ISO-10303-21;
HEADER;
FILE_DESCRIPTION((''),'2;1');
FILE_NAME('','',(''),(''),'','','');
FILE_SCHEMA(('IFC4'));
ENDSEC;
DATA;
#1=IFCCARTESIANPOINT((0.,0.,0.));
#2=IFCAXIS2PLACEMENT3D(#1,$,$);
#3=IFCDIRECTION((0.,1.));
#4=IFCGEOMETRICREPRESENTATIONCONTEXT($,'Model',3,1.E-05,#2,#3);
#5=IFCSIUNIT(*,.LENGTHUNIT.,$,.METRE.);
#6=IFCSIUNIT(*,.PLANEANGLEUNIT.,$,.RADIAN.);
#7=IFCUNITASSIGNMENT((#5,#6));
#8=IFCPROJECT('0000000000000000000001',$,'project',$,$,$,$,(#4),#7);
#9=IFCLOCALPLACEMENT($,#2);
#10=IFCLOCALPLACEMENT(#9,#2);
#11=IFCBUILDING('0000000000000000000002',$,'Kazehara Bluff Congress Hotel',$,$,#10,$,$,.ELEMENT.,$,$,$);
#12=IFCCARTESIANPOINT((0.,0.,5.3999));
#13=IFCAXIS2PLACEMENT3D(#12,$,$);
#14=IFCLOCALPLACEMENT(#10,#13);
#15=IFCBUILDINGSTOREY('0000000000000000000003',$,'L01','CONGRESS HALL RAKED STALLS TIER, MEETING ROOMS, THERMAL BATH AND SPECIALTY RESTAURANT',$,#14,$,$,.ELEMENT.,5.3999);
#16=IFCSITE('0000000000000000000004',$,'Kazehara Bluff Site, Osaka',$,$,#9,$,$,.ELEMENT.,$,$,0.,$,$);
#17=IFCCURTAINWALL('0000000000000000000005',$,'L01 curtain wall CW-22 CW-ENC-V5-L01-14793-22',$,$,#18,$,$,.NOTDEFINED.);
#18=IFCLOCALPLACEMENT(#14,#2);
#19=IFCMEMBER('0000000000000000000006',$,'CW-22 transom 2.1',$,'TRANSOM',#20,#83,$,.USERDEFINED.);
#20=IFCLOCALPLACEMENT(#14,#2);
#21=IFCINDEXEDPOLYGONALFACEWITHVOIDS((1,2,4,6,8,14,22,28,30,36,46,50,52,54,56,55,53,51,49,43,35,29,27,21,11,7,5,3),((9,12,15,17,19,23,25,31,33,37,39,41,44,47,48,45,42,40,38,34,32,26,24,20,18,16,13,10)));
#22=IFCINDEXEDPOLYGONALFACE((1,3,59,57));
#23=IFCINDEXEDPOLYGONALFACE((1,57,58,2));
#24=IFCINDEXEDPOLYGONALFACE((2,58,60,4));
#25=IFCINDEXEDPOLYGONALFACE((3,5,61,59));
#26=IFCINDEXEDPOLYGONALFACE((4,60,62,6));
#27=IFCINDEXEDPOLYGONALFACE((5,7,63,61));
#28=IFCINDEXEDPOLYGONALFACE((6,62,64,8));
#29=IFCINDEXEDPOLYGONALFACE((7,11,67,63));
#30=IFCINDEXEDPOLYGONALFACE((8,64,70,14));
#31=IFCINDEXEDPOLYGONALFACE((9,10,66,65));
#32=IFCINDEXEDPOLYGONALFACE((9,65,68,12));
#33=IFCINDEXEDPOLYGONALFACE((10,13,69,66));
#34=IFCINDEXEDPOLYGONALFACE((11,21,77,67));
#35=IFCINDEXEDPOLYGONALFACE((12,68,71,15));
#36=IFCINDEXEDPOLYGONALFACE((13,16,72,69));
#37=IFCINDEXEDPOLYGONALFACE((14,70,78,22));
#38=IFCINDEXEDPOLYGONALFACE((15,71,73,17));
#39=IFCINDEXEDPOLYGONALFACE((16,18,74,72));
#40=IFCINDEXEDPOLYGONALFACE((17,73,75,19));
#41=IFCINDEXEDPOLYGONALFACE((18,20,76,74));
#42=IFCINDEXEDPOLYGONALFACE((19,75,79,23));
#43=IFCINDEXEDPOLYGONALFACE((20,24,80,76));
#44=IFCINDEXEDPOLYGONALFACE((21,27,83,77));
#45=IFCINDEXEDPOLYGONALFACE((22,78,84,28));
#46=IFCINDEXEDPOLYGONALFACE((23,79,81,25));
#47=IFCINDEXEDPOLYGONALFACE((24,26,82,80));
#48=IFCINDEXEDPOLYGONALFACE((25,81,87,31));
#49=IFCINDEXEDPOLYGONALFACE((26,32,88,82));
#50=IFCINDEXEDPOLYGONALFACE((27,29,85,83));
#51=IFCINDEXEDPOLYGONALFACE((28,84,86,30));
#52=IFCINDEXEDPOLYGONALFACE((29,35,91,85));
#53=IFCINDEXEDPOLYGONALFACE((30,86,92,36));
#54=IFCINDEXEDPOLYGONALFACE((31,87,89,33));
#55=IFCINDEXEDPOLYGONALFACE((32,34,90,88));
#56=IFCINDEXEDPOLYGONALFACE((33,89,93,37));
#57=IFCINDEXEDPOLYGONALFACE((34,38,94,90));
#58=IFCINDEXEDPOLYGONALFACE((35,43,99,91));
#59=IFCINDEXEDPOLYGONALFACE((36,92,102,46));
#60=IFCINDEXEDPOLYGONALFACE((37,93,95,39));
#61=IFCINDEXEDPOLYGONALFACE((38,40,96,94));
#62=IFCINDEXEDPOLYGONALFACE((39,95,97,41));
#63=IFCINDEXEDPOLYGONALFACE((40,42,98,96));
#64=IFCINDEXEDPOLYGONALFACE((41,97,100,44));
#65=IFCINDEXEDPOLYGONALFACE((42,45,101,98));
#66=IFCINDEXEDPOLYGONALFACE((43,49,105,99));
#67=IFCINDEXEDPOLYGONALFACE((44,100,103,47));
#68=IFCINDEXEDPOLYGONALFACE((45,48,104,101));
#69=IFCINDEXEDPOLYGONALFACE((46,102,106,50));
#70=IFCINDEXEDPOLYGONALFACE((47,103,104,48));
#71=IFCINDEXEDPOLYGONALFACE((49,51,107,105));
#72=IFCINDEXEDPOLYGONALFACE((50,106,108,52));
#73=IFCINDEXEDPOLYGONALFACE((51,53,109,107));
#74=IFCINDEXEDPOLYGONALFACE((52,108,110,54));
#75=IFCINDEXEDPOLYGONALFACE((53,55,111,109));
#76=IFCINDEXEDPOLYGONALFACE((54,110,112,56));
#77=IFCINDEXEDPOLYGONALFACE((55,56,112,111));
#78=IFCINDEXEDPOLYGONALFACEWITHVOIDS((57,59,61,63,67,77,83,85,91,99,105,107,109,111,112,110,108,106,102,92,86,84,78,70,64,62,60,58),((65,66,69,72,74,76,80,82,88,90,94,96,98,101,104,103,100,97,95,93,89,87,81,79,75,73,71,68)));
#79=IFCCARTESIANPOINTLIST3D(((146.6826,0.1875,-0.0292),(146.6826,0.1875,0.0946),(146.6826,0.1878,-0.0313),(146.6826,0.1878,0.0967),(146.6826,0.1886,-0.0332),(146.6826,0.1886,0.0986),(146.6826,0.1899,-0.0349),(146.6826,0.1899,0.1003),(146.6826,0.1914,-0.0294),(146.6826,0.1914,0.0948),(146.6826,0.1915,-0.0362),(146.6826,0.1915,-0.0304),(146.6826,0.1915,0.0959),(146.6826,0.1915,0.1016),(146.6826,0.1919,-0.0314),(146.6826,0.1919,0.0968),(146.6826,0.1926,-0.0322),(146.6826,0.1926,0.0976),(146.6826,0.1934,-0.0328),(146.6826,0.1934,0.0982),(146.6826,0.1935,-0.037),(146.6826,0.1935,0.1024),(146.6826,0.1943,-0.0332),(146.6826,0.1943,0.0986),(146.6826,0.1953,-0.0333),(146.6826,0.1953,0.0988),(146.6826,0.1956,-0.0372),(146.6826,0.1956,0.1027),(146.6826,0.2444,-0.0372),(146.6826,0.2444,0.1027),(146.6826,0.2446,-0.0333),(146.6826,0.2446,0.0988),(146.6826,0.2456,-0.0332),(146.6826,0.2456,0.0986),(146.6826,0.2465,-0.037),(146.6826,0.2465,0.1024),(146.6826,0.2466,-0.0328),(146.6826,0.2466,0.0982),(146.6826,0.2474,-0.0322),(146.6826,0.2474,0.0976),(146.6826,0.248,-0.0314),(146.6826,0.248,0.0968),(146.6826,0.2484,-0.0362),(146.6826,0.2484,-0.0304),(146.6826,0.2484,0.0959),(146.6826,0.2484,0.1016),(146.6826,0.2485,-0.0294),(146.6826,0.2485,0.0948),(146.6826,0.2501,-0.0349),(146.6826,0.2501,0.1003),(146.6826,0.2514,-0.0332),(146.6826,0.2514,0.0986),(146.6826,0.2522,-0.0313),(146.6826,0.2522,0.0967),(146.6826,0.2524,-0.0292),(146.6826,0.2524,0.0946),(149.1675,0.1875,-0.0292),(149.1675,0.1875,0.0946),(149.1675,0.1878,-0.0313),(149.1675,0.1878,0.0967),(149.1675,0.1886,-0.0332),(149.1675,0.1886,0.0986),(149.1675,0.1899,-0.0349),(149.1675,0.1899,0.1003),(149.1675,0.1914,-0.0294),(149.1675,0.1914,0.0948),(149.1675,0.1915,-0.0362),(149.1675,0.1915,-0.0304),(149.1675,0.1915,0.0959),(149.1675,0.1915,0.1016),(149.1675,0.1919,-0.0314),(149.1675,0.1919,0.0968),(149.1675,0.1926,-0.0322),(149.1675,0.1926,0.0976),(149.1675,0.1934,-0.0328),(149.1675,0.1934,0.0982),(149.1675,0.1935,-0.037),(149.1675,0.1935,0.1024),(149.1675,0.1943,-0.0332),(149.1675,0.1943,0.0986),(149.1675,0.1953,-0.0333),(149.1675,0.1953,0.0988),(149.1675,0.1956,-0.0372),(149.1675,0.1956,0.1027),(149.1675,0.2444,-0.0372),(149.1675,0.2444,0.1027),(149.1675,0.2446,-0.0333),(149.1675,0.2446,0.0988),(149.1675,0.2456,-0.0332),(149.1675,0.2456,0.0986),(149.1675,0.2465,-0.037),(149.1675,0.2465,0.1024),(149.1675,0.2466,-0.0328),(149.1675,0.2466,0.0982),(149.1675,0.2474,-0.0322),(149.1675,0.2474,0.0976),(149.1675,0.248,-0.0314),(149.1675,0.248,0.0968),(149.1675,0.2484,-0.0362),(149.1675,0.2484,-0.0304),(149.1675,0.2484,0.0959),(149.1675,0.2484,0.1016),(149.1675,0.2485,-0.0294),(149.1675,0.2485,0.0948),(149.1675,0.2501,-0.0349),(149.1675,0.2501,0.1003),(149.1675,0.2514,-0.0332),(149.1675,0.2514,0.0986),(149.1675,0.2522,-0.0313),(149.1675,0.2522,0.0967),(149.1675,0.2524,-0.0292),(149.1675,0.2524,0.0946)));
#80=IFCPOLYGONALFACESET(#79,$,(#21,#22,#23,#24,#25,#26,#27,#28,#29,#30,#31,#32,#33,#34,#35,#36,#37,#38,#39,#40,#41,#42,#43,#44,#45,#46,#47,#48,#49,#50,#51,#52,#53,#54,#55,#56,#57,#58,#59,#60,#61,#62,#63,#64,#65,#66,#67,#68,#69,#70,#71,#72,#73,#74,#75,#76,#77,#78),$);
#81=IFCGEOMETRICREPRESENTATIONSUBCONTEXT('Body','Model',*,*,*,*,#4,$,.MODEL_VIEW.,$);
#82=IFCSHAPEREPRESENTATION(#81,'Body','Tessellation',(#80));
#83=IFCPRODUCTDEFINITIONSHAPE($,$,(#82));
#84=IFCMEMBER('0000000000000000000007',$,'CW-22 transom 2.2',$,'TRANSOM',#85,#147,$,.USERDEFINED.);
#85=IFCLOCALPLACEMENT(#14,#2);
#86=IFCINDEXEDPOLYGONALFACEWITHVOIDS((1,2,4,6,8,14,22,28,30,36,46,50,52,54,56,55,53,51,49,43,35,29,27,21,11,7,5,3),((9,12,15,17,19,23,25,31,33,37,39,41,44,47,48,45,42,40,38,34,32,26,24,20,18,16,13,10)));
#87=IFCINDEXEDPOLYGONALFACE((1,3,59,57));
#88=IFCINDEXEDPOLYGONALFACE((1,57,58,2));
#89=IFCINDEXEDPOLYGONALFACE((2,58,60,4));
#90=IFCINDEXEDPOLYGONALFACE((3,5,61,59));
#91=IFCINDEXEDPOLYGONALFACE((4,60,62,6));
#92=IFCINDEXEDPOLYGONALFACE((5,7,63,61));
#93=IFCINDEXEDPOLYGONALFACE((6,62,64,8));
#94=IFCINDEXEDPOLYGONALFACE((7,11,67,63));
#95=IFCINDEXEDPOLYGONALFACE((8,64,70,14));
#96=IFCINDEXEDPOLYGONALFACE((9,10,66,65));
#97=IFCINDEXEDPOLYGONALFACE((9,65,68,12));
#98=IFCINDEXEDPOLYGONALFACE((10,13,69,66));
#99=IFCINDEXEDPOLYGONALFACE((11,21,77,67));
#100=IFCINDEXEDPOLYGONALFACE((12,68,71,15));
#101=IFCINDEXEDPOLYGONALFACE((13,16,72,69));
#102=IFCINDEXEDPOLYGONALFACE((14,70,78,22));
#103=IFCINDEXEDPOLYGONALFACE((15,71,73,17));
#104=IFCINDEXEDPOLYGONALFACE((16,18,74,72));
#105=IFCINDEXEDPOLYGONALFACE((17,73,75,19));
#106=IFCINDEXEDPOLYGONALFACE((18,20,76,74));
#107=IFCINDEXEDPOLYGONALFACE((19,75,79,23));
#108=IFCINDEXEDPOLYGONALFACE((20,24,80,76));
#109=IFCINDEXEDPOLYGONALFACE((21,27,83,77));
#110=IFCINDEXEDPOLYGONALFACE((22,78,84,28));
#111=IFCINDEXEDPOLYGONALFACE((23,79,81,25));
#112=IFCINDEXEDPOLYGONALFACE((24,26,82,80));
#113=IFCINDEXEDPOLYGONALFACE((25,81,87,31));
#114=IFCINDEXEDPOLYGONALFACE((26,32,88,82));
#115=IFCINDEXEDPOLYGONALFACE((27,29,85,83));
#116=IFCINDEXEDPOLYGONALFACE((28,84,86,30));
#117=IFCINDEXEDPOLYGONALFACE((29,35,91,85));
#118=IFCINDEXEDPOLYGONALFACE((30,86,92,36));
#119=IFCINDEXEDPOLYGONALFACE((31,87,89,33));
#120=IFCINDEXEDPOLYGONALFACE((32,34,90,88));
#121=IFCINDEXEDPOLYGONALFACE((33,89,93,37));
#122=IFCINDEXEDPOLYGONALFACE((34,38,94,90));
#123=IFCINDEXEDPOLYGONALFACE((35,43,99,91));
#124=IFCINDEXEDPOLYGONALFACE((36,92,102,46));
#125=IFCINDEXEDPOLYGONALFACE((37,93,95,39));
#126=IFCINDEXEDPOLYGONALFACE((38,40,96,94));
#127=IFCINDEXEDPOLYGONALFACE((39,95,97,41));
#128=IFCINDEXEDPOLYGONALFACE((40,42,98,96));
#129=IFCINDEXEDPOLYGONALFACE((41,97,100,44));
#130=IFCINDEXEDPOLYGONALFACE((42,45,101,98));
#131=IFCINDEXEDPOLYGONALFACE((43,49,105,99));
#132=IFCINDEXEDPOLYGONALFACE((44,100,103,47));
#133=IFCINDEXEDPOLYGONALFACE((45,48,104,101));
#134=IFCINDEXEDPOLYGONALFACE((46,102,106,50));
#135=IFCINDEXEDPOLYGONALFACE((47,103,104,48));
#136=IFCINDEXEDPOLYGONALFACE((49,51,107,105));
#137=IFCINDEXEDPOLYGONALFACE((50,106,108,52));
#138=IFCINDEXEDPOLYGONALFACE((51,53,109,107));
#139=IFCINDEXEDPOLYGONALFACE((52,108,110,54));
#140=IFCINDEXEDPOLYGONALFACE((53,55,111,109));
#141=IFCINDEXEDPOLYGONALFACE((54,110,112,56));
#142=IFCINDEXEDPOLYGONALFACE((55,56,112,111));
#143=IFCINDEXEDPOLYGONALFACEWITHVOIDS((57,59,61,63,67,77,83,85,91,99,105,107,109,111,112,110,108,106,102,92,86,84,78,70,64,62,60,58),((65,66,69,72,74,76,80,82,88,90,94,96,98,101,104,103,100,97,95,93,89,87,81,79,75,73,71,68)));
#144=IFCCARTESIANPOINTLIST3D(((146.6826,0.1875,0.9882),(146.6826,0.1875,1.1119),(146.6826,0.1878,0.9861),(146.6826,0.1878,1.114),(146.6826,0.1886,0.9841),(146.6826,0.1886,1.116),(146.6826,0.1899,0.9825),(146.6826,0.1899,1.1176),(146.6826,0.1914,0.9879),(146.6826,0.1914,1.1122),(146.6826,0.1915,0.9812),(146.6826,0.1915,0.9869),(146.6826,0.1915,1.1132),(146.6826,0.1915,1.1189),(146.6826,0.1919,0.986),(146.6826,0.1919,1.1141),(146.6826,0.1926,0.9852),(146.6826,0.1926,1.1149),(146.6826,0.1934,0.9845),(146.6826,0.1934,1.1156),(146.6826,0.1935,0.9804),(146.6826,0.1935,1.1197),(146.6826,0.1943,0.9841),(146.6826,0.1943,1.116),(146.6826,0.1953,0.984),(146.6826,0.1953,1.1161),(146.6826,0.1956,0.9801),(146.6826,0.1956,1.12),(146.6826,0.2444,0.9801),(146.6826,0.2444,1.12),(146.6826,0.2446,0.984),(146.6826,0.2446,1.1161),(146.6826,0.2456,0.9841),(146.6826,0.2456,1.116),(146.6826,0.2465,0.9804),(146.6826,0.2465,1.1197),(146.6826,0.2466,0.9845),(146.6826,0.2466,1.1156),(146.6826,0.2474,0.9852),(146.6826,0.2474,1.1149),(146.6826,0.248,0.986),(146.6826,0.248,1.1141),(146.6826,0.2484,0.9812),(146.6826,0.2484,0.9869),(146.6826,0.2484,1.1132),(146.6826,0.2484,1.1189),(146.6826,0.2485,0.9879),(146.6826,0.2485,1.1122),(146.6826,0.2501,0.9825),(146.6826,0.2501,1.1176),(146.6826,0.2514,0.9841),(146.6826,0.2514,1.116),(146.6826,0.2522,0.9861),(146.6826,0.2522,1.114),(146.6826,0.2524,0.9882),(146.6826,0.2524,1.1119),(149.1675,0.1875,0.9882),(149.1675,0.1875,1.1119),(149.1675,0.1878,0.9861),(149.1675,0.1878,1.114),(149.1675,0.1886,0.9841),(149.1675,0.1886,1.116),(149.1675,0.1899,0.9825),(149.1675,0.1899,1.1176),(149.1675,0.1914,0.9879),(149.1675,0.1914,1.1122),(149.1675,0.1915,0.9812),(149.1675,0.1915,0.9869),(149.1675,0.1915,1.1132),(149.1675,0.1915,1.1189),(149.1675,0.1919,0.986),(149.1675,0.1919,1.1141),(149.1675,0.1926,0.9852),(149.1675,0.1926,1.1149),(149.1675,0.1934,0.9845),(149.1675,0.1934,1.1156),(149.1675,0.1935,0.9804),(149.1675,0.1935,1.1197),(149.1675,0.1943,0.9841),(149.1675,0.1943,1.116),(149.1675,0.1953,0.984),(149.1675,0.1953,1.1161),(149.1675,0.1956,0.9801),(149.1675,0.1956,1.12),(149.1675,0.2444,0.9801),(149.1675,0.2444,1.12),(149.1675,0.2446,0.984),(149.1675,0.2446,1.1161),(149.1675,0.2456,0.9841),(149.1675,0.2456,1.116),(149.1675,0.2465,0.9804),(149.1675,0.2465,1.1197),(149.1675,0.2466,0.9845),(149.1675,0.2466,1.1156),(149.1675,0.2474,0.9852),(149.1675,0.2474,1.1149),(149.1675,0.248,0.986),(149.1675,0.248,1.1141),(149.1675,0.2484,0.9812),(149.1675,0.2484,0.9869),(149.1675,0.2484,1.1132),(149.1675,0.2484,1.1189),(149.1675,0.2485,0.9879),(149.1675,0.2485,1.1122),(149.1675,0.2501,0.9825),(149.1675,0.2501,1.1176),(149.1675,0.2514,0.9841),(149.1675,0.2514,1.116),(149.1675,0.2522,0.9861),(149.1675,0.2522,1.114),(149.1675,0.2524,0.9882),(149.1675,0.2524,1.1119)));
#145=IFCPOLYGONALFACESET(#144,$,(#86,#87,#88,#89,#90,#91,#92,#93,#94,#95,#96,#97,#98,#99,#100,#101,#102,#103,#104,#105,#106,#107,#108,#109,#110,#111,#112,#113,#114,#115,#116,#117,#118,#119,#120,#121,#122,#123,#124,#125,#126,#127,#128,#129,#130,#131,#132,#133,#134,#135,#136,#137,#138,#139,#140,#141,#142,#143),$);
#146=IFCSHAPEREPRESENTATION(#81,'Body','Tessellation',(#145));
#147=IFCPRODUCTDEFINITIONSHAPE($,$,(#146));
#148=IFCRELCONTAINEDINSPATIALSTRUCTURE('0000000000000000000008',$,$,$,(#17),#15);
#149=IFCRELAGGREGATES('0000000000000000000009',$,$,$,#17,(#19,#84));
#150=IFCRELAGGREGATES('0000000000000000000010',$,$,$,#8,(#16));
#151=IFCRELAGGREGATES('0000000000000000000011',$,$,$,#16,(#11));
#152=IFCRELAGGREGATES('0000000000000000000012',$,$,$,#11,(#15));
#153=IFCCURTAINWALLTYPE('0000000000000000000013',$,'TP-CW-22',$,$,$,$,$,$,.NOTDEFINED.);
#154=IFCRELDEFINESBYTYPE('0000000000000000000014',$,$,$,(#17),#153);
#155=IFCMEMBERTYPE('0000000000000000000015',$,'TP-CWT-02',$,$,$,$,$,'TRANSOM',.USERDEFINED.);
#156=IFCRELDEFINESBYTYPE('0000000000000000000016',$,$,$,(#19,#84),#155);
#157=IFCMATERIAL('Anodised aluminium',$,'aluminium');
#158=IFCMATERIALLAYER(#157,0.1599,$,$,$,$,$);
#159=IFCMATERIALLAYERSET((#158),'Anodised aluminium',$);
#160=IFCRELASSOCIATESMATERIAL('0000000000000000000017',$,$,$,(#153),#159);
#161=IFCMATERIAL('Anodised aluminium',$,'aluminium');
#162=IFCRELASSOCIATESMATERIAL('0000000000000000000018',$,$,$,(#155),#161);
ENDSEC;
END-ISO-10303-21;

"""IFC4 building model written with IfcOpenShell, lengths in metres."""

from ifc_helpers import new_model, si_unit, direction, frame, origin, origin_2d, place, context, subcontext, project, spatial, hollow_rectangle, extrude, material, layer, layer_set, material_profile, profile_set, type_object, element, aggregate, save


model = new_model("IFC4")

# Units and contexts
model_context = context("Model", 3, precision=1e-05, world=origin(), true_north=direction((0.0, 1.0)))
body_context = subcontext(model_context, "Body", "Model", "MODEL_VIEW")
ifc_project = project(units=[si_unit("LENGTHUNIT", "METRE"), si_unit("PLANEANGLEUNIT", "RADIAN")], contexts=[model_context])

# Site, building, storey
site_placement = place(None, origin())
site = spatial("IfcSite", under=ifc_project, at=site_placement, Name="Kazehara Bluff Site, Osaka", CompositionType="ELEMENT", RefElevation=0.0)
building_placement = place(site_placement, origin())
building = spatial("IfcBuilding", under=site, at=building_placement, Name="Kazehara Bluff Congress Hotel", CompositionType="ELEMENT")
storey_placement = place(building_placement, frame((0.0, 0.0, 5.3999)))
storey = spatial("IfcBuildingStorey", under=building, at=storey_placement, Name="L01", Description="CONGRESS HALL RAKED STALLS TIER, MEETING ROOMS, THERMAL BATH AND SPECIALTY RESTAURANT", CompositionType="ELEMENT", Elevation=5.3999)

# Curtain wall
ifc_material_1 = material(Name="Anodised aluminium", Category="aluminium")
ifc_layer_1 = layer(ifc_material_1, 0.1599)
ifc_layer_set_1 = layer_set([ifc_layer_1], Name="Anodised aluminium")
curtain_wall_type_1 = type_object("IfcCurtainWallType", Name="TP-CW-22", PredefinedType="NOTDEFINED", material=ifc_layer_set_1)
curtain_wall_1_placement = place(storey_placement, origin())
curtain_wall_1 = element("IfcCurtainWall", 1, at=curtain_wall_1_placement, inside=storey, type_object=curtain_wall_type_1, Name="L01 curtain wall CW-22 CW-ENC-V5-L01-14793-22", PredefinedType="NOTDEFINED")

# Members
ifc_material_2 = material(Name="Anodised aluminium", Category="aluminium")
ifc_material_profile_1 = material_profile(ifc_material_2, hollow_rectangle(XDim=0.0649, YDim=0.1399, WallThickness=0.0039, InnerFilletRadius=0.0039, OuterFilletRadius=0.0081, at=origin_2d()))
ifc_profile_set_1 = profile_set([ifc_material_profile_1], Name="Anodised aluminium")
member_type_1 = type_object("IfcMemberType", Name="TP-CWT-02", ElementType="TRANSOM", PredefinedType="USERDEFINED", material=ifc_profile_set_1)
member_1_placement = place(storey_placement, frame((149.1675, 0.22, 0.0327), z_axis=(-1.0, 0.0, 0.0), x_axis=(0.0, -1.0, 0.0)))
member_1 = element("IfcMember", 2, at=member_1_placement, type_object=member_type_1, Name="CW-22 transom 2.1", ObjectType="TRANSOM", PredefinedType="USERDEFINED", context=body_context, shape_type="SweptSolid", body=[
    extrude(hollow_rectangle(XDim=0.0649, YDim=0.1399, WallThickness=0.0039, InnerFilletRadius=0.0039, OuterFilletRadius=0.0081, at=origin_2d()), origin(), (0.0, 0.0, 1.0), 2.4849),
])
member_2_placement = place(storey_placement, frame((149.1675, 0.22, 1.05), z_axis=(-1.0, 0.0, 0.0), x_axis=(0.0, -1.0, 0.0)))
member_2 = element("IfcMember", 3, at=member_2_placement, type_object=member_type_1, Name="CW-22 transom 2.2", ObjectType="TRANSOM", PredefinedType="USERDEFINED", context=body_context, shape_type="SweptSolid", body=[
    extrude(hollow_rectangle(XDim=0.0649, YDim=0.1399, WallThickness=0.0039, InnerFilletRadius=0.0039, OuterFilletRadius=0.0081, at=origin_2d()), origin(), (0.0, 0.0, 1.0), 2.4849),
])

aggregate(curtain_wall_1, [member_1, member_2])

save(model, "model.ifc")
